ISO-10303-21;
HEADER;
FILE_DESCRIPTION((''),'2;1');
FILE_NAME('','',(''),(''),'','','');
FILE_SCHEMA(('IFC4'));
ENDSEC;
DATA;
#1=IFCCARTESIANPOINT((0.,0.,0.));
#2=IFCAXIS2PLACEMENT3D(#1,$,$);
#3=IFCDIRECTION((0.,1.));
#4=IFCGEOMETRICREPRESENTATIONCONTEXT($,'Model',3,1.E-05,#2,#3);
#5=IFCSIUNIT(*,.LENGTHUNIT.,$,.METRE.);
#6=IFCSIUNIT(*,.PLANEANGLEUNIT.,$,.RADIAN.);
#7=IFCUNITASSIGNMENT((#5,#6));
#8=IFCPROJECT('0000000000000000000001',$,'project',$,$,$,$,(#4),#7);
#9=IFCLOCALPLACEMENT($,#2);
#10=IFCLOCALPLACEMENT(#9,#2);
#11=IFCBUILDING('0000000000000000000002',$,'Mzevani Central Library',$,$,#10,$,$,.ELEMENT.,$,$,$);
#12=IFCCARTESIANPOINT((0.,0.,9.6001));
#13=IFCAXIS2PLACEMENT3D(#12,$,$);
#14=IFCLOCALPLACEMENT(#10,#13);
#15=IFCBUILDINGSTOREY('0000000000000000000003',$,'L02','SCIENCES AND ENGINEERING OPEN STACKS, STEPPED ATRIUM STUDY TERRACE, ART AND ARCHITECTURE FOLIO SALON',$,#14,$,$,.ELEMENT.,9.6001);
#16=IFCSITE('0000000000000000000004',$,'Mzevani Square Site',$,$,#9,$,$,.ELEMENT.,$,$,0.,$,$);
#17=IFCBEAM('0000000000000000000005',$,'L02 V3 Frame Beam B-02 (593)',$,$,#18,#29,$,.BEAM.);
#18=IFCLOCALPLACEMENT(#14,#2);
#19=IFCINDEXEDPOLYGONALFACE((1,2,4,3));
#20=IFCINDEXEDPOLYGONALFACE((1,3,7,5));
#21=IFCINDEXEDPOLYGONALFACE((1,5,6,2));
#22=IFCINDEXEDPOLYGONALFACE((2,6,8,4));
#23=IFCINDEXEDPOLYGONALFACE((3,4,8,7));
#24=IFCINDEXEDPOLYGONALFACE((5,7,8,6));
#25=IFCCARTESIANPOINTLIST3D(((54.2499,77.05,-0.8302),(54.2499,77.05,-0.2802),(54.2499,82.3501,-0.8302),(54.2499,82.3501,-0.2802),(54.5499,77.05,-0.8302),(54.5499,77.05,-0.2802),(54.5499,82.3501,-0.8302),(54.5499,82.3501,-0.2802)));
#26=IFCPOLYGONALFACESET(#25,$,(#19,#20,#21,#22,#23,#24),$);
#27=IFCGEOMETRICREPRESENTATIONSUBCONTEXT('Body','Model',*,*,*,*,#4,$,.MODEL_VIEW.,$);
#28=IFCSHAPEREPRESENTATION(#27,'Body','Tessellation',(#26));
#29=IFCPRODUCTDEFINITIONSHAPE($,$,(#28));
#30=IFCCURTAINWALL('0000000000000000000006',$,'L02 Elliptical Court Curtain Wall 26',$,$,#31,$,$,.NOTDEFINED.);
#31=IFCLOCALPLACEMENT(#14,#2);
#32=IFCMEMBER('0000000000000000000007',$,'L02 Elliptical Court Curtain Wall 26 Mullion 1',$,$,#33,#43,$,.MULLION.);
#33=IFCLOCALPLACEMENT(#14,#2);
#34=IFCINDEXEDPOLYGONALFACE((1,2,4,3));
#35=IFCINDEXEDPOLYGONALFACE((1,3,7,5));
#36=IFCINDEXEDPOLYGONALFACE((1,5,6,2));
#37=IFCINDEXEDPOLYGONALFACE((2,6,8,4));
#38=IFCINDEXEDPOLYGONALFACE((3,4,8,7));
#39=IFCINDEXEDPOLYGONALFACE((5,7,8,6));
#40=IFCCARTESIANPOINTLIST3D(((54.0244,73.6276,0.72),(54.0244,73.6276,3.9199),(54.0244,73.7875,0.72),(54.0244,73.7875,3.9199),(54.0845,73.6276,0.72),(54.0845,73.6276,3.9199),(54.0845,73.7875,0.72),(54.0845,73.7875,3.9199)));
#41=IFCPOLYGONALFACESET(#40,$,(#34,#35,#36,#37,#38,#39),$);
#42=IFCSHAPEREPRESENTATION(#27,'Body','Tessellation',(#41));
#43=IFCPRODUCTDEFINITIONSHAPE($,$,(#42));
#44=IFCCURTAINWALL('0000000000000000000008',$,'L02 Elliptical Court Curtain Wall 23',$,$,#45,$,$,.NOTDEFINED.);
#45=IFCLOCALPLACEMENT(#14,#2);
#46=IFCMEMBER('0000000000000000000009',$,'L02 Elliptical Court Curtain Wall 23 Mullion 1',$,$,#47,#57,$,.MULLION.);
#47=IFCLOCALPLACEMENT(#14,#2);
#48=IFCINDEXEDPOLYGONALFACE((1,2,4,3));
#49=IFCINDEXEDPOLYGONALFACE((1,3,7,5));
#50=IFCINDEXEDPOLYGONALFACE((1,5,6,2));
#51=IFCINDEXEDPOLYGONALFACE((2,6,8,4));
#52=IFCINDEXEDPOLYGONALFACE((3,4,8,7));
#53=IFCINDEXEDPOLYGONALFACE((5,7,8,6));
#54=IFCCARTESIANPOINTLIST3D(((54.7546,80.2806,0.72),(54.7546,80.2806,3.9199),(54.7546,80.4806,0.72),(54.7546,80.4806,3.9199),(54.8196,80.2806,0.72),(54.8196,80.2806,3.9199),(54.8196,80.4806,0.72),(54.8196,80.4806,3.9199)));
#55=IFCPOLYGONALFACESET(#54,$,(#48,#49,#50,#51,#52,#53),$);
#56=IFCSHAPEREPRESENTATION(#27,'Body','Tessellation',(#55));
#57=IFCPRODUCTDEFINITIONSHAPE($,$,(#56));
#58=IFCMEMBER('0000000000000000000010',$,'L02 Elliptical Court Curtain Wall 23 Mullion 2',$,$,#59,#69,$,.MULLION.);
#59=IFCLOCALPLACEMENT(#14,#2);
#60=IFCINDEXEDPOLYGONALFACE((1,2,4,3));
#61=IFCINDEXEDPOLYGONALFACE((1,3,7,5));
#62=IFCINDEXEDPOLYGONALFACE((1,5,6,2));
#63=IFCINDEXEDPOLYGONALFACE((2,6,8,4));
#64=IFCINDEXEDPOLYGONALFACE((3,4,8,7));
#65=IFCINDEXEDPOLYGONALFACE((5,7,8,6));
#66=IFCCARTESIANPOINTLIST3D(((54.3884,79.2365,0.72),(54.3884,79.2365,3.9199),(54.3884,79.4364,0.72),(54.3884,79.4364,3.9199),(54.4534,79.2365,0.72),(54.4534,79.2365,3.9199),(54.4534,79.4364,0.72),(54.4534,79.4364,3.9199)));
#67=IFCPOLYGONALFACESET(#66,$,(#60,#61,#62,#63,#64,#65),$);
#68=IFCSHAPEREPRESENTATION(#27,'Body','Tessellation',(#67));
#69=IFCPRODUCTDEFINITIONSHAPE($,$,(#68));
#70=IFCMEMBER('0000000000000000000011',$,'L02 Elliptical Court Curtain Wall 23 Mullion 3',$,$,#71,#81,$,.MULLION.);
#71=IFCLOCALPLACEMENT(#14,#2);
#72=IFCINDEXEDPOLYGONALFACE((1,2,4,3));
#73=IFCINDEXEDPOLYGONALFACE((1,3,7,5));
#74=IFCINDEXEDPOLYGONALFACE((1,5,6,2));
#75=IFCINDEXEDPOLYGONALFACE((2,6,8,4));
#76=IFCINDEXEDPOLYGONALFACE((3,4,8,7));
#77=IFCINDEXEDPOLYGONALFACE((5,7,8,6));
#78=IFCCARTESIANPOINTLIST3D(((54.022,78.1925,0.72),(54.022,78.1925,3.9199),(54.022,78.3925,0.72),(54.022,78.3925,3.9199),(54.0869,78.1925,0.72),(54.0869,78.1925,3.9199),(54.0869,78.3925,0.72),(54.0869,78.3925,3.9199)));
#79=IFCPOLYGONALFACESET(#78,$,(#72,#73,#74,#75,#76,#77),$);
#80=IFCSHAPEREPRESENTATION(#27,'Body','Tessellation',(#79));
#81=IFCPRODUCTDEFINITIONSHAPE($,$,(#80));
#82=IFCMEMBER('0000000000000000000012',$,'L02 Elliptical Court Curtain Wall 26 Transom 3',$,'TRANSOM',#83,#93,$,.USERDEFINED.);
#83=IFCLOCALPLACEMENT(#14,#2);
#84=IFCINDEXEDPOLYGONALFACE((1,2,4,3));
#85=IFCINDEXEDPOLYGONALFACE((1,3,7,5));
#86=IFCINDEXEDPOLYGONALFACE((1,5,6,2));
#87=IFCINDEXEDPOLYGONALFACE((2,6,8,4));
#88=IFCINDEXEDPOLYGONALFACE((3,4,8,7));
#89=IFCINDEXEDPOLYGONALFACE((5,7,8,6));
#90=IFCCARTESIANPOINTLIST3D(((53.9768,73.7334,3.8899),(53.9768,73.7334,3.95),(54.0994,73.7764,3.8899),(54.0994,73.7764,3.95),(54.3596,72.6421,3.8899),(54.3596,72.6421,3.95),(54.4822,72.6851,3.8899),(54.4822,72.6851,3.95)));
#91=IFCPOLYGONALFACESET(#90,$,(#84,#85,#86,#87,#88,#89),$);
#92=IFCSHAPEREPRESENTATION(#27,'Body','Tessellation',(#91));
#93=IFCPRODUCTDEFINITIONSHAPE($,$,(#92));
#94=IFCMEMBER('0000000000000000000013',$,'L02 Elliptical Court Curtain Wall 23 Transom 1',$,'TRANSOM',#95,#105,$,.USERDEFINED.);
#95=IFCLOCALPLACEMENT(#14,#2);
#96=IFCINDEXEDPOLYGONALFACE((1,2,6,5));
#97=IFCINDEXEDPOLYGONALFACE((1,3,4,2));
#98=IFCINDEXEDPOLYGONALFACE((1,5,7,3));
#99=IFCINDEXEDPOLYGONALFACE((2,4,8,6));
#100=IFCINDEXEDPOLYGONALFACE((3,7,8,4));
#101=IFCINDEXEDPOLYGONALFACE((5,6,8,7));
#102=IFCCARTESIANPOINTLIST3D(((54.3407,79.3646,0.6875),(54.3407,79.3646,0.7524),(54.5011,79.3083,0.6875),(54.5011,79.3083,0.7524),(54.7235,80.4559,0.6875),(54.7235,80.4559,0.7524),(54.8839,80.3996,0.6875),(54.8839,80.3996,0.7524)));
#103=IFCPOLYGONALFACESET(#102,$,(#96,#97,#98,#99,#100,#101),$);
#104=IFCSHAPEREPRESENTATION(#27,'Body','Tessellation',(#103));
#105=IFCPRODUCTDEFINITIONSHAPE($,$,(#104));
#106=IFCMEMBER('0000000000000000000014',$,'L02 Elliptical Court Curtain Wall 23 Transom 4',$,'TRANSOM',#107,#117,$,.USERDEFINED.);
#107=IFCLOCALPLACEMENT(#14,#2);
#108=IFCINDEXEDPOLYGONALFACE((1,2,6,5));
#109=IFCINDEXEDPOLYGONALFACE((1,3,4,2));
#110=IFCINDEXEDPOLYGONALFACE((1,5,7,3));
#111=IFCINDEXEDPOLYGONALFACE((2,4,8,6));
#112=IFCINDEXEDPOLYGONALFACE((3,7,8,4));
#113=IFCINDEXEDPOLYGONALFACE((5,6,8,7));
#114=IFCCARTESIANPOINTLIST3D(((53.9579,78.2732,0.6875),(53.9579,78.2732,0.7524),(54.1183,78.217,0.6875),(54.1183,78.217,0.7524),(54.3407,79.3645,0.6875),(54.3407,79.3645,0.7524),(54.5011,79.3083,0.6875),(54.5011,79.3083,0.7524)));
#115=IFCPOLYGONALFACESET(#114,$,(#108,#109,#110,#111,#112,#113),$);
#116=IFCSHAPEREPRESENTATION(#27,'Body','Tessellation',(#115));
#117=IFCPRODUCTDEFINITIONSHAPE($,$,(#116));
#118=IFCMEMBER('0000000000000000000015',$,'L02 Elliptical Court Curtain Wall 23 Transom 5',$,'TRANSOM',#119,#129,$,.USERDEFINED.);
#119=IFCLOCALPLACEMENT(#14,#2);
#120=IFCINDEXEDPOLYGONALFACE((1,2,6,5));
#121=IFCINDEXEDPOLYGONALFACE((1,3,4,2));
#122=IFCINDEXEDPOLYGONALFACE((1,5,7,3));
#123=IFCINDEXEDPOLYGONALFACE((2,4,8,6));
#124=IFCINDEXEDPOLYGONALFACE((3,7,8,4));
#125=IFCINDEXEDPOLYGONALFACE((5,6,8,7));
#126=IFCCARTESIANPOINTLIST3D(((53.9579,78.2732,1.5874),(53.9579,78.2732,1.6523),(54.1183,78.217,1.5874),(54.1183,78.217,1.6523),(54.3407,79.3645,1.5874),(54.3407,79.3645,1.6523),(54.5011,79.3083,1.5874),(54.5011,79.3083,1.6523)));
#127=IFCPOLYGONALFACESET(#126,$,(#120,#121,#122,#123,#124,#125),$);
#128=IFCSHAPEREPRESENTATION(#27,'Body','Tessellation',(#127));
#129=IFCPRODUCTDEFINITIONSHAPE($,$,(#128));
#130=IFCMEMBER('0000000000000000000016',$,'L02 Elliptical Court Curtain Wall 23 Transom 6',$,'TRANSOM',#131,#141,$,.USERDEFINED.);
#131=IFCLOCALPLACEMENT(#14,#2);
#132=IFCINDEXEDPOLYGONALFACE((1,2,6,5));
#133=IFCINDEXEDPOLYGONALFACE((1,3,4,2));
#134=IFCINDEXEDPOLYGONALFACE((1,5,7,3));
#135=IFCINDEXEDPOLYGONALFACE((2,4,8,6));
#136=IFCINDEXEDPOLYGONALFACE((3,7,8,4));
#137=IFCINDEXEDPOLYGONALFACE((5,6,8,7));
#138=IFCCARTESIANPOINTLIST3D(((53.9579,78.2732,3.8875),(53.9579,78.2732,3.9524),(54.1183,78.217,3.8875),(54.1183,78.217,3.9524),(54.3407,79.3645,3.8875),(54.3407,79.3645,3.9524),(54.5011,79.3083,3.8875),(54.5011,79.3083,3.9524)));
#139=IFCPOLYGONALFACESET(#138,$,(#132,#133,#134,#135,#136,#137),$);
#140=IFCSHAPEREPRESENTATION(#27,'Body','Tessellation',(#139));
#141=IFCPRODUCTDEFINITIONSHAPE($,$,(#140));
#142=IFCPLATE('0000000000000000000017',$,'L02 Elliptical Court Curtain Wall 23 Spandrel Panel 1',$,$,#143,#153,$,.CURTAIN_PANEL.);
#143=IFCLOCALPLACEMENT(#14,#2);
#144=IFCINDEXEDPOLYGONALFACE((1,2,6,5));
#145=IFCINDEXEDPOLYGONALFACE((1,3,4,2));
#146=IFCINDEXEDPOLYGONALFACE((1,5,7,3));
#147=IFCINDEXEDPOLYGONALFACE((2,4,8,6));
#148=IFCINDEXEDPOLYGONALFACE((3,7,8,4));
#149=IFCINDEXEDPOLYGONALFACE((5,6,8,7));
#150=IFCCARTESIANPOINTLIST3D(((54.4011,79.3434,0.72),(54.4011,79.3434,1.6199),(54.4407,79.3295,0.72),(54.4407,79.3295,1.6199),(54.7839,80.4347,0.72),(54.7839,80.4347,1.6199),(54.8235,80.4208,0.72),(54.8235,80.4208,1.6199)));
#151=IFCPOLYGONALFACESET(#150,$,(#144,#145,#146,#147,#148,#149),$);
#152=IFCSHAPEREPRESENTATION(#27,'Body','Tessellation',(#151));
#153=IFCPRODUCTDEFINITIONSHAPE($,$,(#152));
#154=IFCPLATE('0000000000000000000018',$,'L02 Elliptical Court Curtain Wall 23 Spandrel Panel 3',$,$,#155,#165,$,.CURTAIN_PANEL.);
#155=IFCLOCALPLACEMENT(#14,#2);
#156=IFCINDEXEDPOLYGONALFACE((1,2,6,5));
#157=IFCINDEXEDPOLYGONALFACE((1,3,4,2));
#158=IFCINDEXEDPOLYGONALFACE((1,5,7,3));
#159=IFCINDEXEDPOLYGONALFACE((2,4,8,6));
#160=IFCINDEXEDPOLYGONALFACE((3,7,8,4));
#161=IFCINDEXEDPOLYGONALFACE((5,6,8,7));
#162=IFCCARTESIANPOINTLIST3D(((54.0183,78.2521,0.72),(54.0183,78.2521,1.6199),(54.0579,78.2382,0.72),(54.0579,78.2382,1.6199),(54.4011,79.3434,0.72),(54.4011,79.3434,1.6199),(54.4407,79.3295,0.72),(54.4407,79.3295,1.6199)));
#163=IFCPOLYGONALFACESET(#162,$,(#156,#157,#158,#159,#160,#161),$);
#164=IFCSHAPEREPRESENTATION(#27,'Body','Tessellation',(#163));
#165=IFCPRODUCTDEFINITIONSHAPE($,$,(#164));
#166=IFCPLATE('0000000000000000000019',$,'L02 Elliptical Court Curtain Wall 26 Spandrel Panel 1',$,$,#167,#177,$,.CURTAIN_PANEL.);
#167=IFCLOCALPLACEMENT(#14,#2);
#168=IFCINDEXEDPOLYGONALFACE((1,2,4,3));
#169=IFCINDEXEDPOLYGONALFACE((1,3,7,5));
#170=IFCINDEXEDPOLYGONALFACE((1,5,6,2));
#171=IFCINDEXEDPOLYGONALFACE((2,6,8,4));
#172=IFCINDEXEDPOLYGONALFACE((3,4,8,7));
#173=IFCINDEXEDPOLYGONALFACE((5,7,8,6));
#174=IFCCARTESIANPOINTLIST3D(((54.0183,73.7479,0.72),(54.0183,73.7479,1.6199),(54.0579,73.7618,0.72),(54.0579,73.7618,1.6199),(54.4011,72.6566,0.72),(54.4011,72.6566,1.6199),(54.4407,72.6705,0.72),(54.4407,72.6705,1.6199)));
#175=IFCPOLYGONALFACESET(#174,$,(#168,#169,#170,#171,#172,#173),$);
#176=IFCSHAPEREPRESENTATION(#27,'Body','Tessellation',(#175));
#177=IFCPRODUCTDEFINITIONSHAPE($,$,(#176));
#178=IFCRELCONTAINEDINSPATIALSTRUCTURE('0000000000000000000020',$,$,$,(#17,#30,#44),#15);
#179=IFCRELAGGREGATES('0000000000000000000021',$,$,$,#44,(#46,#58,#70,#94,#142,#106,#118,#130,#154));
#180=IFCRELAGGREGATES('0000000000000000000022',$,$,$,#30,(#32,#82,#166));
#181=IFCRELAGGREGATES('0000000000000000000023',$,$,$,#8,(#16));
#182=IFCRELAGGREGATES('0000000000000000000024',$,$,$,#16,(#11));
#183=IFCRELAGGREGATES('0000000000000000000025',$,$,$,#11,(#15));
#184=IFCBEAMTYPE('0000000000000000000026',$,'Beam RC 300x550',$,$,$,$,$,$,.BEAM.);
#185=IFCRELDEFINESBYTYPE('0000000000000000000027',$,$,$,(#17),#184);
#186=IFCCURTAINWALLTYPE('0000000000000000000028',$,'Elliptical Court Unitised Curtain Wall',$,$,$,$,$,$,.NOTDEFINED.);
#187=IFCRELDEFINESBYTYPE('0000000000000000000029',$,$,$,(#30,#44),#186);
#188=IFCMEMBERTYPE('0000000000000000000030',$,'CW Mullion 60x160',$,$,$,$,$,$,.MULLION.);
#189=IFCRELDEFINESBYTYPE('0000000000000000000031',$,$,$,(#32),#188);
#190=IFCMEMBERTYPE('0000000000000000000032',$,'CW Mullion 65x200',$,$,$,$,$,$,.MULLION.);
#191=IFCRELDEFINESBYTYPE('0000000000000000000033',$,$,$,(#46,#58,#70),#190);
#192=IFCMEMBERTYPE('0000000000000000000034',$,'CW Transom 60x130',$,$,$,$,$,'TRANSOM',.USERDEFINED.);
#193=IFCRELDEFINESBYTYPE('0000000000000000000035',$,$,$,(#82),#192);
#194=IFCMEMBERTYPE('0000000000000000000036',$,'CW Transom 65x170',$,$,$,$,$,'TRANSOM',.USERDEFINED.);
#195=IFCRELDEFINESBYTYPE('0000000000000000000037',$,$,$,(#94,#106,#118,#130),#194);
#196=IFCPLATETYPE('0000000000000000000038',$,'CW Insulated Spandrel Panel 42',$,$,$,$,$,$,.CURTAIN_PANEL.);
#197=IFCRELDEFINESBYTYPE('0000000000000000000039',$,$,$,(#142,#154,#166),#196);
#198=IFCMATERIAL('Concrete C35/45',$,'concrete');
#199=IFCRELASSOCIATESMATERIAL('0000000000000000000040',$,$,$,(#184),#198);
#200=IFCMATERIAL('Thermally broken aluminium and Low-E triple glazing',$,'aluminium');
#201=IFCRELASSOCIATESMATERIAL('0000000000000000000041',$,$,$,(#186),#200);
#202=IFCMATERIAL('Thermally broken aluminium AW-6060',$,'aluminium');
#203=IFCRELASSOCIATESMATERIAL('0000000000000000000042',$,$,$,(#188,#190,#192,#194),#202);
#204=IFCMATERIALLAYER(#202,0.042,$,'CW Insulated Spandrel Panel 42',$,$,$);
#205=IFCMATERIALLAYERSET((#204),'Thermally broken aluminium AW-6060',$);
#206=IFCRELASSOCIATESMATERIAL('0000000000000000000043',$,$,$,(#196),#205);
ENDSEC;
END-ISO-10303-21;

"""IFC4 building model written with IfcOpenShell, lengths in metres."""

from ifc_helpers import new_model, si_unit, direction, frame, origin, origin_2d, place, context, subcontext, project, spatial, rectangle, extrude, material, layer, layer_set, material_profile, profile_set, type_object, element, aggregate, save


model = new_model("IFC4")

# Units and contexts
model_context = context("Model", 3, precision=1e-05, world=origin(), true_north=direction((0.0, 1.0)))
body_context = subcontext(model_context, "Body", "Model", "MODEL_VIEW")
ifc_project = project(units=[si_unit("LENGTHUNIT", "METRE"), si_unit("PLANEANGLEUNIT", "RADIAN")], contexts=[model_context])

# Site, building, storey
site_placement = place(None, origin())
site = spatial("IfcSite", under=ifc_project, at=site_placement, Name="Mzevani Square Site", CompositionType="ELEMENT", RefElevation=0.0)
building_placement = place(site_placement, origin())
building = spatial("IfcBuilding", under=site, at=building_placement, Name="Mzevani Central Library", CompositionType="ELEMENT")
storey_placement = place(building_placement, frame((0.0, 0.0, 9.6001)))
storey = spatial("IfcBuildingStorey", under=building, at=storey_placement, Name="L02", Description="SCIENCES AND ENGINEERING OPEN STACKS, STEPPED ATRIUM STUDY TERRACE, ART AND ARCHITECTURE FOLIO SALON", CompositionType="ELEMENT", Elevation=9.6001)

# Beam
ifc_material_1 = material(Name="Concrete C35/45", Category="concrete")
ifc_material_profile_1 = material_profile(ifc_material_1, rectangle(XDim=0.3, YDim=0.55, at=origin_2d()), Name="RC B300x550")
ifc_profile_set_1 = profile_set([ifc_material_profile_1], Name="Concrete C35/45")
beam_type = type_object("IfcBeamType", Name="Beam RC 300x550", PredefinedType="BEAM", material=ifc_profile_set_1)
beam_placement = place(storey_placement, frame((54.3999, 77.05, -0.5552), z_axis=(0.0, 1.0, 0.0), x_axis=(-1.0, 0.0, 0.0)))
element("IfcBeam", 1, at=beam_placement, inside=storey, type_object=beam_type, Name="L02 V3 Frame Beam B-02 (593)", PredefinedType="BEAM", context=body_context, shape_type="SweptSolid", body=[
    extrude(rectangle(XDim=0.3, YDim=0.55, at=origin_2d()), origin(), (0.0, 0.0, 1.0), 5.3),
])

# Curtain wall, member
ifc_material_2 = material(Name="Thermally broken aluminium and Low-E triple glazing", Category="aluminium")
curtain_wall_type = type_object("IfcCurtainWallType", Name="Elliptical Court Unitised Curtain Wall", PredefinedType="NOTDEFINED", material=ifc_material_2)
curtain_wall_1_placement = place(storey_placement, origin())
curtain_wall_1 = element("IfcCurtainWall", 2, at=curtain_wall_1_placement, inside=storey, type_object=curtain_wall_type, Name="L02 Elliptical Court Curtain Wall 26", PredefinedType="NOTDEFINED")
ifc_material_3 = material(Name="Thermally broken aluminium AW-6060", Category="aluminium")
ifc_material_profile_2 = material_profile(ifc_material_3, rectangle(XDim=0.0601, YDim=0.1599, at=origin_2d()), Name="ALU M60x160")
ifc_profile_set_2 = profile_set([ifc_material_profile_2], Name="Thermally broken aluminium AW-6060")
member_type_1 = type_object("IfcMemberType", Name="CW Mullion 60x160", PredefinedType="MULLION", material=ifc_profile_set_2)
member_1_placement = place(storey_placement, frame((54.0544, 73.7075, 0.72), z_axis=(0.0, 0.0, 1.0), x_axis=(1.0, 0.0, 0.0)))
member_1 = element("IfcMember", 3, at=member_1_placement, type_object=member_type_1, Name="L02 Elliptical Court Curtain Wall 26 Mullion 1", PredefinedType="MULLION", context=body_context, shape_type="SweptSolid", body=[
    extrude(rectangle(XDim=0.0601, YDim=0.1599, at=origin_2d()), origin(), (0.0, 0.0, 1.0), 3.2),
])

# Curtain wall, members
curtain_wall_2_placement = place(storey_placement, origin())
curtain_wall_2 = element("IfcCurtainWall", 4, at=curtain_wall_2_placement, inside=storey, type_object=curtain_wall_type, Name="L02 Elliptical Court Curtain Wall 23", PredefinedType="NOTDEFINED")
ifc_material_profile_3 = material_profile(ifc_material_3, rectangle(XDim=0.0649, YDim=0.2, at=origin_2d()), Name="ALU M65x200")
ifc_profile_set_3 = profile_set([ifc_material_profile_3], Name="Thermally broken aluminium AW-6060")
member_type_2 = type_object("IfcMemberType", Name="CW Mullion 65x200", PredefinedType="MULLION", material=ifc_profile_set_3)
member_2_placement = place(storey_placement, frame((54.7871, 80.3806, 0.72), z_axis=(0.0, 0.0, 1.0), x_axis=(1.0, 0.0, 0.0)))
member_2 = element("IfcMember", 5, at=member_2_placement, type_object=member_type_2, Name="L02 Elliptical Court Curtain Wall 23 Mullion 1", PredefinedType="MULLION", context=body_context, shape_type="SweptSolid", body=[
    extrude(rectangle(XDim=0.0649, YDim=0.2, at=origin_2d()), origin(), (0.0, 0.0, 1.0), 3.2),
])
member_3_placement = place(storey_placement, frame((54.4209, 79.3364, 0.72), z_axis=(0.0, 0.0, 1.0), x_axis=(1.0, 0.0, 0.0)))
member_3 = element("IfcMember", 6, at=member_3_placement, type_object=member_type_2, Name="L02 Elliptical Court Curtain Wall 23 Mullion 2", PredefinedType="MULLION", context=body_context, shape_type="SweptSolid", body=[
    extrude(rectangle(XDim=0.0649, YDim=0.2, at=origin_2d()), origin(), (0.0, 0.0, 1.0), 3.2),
])
member_4_placement = place(storey_placement, frame((54.0544, 78.2925, 0.72), z_axis=(0.0, 0.0, 1.0), x_axis=(1.0, 0.0, 0.0)))
member_4 = element("IfcMember", 7, at=member_4_placement, type_object=member_type_2, Name="L02 Elliptical Court Curtain Wall 23 Mullion 3", PredefinedType="MULLION", context=body_context, shape_type="SweptSolid", body=[
    extrude(rectangle(XDim=0.0649, YDim=0.2, at=origin_2d()), origin(), (0.0, 0.0, 1.0), 3.2),
])

# Members
ifc_material_profile_4 = material_profile(ifc_material_3, rectangle(XDim=0.1299, YDim=0.0601, at=origin_2d()), Name="ALU T60x130")
ifc_profile_set_4 = profile_set([ifc_material_profile_4], Name="Thermally broken aluminium AW-6060")
member_type_3 = type_object("IfcMemberType", Name="CW Transom 60x130", ElementType="TRANSOM", PredefinedType="USERDEFINED", material=ifc_profile_set_4)
member_5_placement = place(storey_placement, frame((54.0381, 73.7549, 3.9199), z_axis=(0.331009, -0.943628, 0.0), x_axis=(0.943628, 0.331009, 0.0)))
member_5 = element("IfcMember", 8, at=member_5_placement, type_object=member_type_3, Name="L02 Elliptical Court Curtain Wall 26 Transom 3", ObjectType="TRANSOM", PredefinedType="USERDEFINED", context=body_context, shape_type="SweptSolid", body=[
    extrude(rectangle(XDim=0.1299, YDim=0.0601, at=origin_2d()), origin(), (0.0, 0.0, 1.0), 1.1565),
])
ifc_material_profile_5 = material_profile(ifc_material_3, rectangle(XDim=0.1699, YDim=0.0649, at=origin_2d()), Name="ALU T65x170")
ifc_profile_set_5 = profile_set([ifc_material_profile_5], Name="Thermally broken aluminium AW-6060")
member_type_4 = type_object("IfcMemberType", Name="CW Transom 65x170", ElementType="TRANSOM", PredefinedType="USERDEFINED", material=ifc_profile_set_5)
member_6_placement = place(storey_placement, frame((54.8037, 80.4277, 0.72), z_axis=(-0.331009, -0.943628, 0.0), x_axis=(0.943628, -0.331009, 0.0)))
member_6 = element("IfcMember", 9, at=member_6_placement, type_object=member_type_4, Name="L02 Elliptical Court Curtain Wall 23 Transom 1", ObjectType="TRANSOM", PredefinedType="USERDEFINED", context=body_context, shape_type="SweptSolid", body=[
    extrude(rectangle(XDim=0.1699, YDim=0.0649, at=origin_2d()), origin(), (0.0, 0.0, 1.0), 1.1565),
])
member_7_placement = place(storey_placement, frame((54.4209, 79.3364, 0.72), z_axis=(-0.331009, -0.943628, 0.0), x_axis=(0.943628, -0.331009, 0.0)))
member_7 = element("IfcMember", 10, at=member_7_placement, type_object=member_type_4, Name="L02 Elliptical Court Curtain Wall 23 Transom 4", ObjectType="TRANSOM", PredefinedType="USERDEFINED", context=body_context, shape_type="SweptSolid", body=[
    extrude(rectangle(XDim=0.1699, YDim=0.0649, at=origin_2d()), origin(), (0.0, 0.0, 1.0), 1.1565),
])
member_8_placement = place(storey_placement, frame((54.4209, 79.3364, 1.6199), z_axis=(-0.331009, -0.943628, 0.0), x_axis=(0.943628, -0.331009, 0.0)))
member_8 = element("IfcMember", 11, at=member_8_placement, type_object=member_type_4, Name="L02 Elliptical Court Curtain Wall 23 Transom 5", ObjectType="TRANSOM", PredefinedType="USERDEFINED", context=body_context, shape_type="SweptSolid", body=[
    extrude(rectangle(XDim=0.1699, YDim=0.0649, at=origin_2d()), origin(), (0.0, 0.0, 1.0), 1.1565),
])
member_9_placement = place(storey_placement, frame((54.4209, 79.3364, 3.9199), z_axis=(-0.331009, -0.943628, 0.0), x_axis=(0.943628, -0.331009, 0.0)))
member_9 = element("IfcMember", 12, at=member_9_placement, type_object=member_type_4, Name="L02 Elliptical Court Curtain Wall 23 Transom 6", ObjectType="TRANSOM", PredefinedType="USERDEFINED", context=body_context, shape_type="SweptSolid", body=[
    extrude(rectangle(XDim=0.1699, YDim=0.0649, at=origin_2d()), origin(), (0.0, 0.0, 1.0), 1.1565),
])

# Plates
ifc_layer_1 = layer(ifc_material_3, 0.042, Name="CW Insulated Spandrel Panel 42")
ifc_layer_set_1 = layer_set([ifc_layer_1], Name="Thermally broken aluminium AW-6060")
plate_type_1 = type_object("IfcPlateType", Name="CW Insulated Spandrel Panel 42", PredefinedType="CURTAIN_PANEL", material=ifc_layer_set_1)
plate_1_placement = place(storey_placement, frame((54.6123, 79.8821, 0.72), z_axis=(0.0, 0.0, 1.0), x_axis=(-0.331002, -0.94363, 0.0)))
plate_1 = element("IfcPlate", 13, at=plate_1_placement, type_object=plate_type_1, Name="L02 Elliptical Court Curtain Wall 23 Spandrel Panel 1", PredefinedType="CURTAIN_PANEL", context=body_context, shape_type="SweptSolid", body=[
    extrude(rectangle(XDim=1.1565, YDim=0.042, at=origin_2d()), origin(), (0.0, 0.0, 1.0), 0.8999),
])
plate_2_placement = place(storey_placement, frame((54.2295, 78.7908, 0.72), z_axis=(0.0, 0.0, 1.0), x_axis=(-0.331002, -0.94363, 0.0)))
plate_2 = element("IfcPlate", 14, at=plate_2_placement, type_object=plate_type_1, Name="L02 Elliptical Court Curtain Wall 23 Spandrel Panel 3", PredefinedType="CURTAIN_PANEL", context=body_context, shape_type="SweptSolid", body=[
    extrude(rectangle(XDim=1.1565, YDim=0.042, at=origin_2d()), origin(), (0.0, 0.0, 1.0), 0.8999),
])
plate_3_placement = place(storey_placement, frame((54.2295, 73.2092, 0.72), z_axis=(0.0, 0.0, 1.0), x_axis=(0.331002, -0.94363, 0.0)))
plate_3 = element("IfcPlate", 15, at=plate_3_placement, type_object=plate_type_1, Name="L02 Elliptical Court Curtain Wall 26 Spandrel Panel 1", PredefinedType="CURTAIN_PANEL", context=body_context, shape_type="SweptSolid", body=[
    extrude(rectangle(XDim=1.1565, YDim=0.042, at=origin_2d()), origin(), (0.0, 0.0, 1.0), 0.8999),
])
aggregate(curtain_wall_2, [member_2, member_3, member_4, member_6, plate_1, member_7, member_8, member_9, plate_2])
aggregate(curtain_wall_1, [member_1, member_5, plate_3])

save(model, "model.ifc")
